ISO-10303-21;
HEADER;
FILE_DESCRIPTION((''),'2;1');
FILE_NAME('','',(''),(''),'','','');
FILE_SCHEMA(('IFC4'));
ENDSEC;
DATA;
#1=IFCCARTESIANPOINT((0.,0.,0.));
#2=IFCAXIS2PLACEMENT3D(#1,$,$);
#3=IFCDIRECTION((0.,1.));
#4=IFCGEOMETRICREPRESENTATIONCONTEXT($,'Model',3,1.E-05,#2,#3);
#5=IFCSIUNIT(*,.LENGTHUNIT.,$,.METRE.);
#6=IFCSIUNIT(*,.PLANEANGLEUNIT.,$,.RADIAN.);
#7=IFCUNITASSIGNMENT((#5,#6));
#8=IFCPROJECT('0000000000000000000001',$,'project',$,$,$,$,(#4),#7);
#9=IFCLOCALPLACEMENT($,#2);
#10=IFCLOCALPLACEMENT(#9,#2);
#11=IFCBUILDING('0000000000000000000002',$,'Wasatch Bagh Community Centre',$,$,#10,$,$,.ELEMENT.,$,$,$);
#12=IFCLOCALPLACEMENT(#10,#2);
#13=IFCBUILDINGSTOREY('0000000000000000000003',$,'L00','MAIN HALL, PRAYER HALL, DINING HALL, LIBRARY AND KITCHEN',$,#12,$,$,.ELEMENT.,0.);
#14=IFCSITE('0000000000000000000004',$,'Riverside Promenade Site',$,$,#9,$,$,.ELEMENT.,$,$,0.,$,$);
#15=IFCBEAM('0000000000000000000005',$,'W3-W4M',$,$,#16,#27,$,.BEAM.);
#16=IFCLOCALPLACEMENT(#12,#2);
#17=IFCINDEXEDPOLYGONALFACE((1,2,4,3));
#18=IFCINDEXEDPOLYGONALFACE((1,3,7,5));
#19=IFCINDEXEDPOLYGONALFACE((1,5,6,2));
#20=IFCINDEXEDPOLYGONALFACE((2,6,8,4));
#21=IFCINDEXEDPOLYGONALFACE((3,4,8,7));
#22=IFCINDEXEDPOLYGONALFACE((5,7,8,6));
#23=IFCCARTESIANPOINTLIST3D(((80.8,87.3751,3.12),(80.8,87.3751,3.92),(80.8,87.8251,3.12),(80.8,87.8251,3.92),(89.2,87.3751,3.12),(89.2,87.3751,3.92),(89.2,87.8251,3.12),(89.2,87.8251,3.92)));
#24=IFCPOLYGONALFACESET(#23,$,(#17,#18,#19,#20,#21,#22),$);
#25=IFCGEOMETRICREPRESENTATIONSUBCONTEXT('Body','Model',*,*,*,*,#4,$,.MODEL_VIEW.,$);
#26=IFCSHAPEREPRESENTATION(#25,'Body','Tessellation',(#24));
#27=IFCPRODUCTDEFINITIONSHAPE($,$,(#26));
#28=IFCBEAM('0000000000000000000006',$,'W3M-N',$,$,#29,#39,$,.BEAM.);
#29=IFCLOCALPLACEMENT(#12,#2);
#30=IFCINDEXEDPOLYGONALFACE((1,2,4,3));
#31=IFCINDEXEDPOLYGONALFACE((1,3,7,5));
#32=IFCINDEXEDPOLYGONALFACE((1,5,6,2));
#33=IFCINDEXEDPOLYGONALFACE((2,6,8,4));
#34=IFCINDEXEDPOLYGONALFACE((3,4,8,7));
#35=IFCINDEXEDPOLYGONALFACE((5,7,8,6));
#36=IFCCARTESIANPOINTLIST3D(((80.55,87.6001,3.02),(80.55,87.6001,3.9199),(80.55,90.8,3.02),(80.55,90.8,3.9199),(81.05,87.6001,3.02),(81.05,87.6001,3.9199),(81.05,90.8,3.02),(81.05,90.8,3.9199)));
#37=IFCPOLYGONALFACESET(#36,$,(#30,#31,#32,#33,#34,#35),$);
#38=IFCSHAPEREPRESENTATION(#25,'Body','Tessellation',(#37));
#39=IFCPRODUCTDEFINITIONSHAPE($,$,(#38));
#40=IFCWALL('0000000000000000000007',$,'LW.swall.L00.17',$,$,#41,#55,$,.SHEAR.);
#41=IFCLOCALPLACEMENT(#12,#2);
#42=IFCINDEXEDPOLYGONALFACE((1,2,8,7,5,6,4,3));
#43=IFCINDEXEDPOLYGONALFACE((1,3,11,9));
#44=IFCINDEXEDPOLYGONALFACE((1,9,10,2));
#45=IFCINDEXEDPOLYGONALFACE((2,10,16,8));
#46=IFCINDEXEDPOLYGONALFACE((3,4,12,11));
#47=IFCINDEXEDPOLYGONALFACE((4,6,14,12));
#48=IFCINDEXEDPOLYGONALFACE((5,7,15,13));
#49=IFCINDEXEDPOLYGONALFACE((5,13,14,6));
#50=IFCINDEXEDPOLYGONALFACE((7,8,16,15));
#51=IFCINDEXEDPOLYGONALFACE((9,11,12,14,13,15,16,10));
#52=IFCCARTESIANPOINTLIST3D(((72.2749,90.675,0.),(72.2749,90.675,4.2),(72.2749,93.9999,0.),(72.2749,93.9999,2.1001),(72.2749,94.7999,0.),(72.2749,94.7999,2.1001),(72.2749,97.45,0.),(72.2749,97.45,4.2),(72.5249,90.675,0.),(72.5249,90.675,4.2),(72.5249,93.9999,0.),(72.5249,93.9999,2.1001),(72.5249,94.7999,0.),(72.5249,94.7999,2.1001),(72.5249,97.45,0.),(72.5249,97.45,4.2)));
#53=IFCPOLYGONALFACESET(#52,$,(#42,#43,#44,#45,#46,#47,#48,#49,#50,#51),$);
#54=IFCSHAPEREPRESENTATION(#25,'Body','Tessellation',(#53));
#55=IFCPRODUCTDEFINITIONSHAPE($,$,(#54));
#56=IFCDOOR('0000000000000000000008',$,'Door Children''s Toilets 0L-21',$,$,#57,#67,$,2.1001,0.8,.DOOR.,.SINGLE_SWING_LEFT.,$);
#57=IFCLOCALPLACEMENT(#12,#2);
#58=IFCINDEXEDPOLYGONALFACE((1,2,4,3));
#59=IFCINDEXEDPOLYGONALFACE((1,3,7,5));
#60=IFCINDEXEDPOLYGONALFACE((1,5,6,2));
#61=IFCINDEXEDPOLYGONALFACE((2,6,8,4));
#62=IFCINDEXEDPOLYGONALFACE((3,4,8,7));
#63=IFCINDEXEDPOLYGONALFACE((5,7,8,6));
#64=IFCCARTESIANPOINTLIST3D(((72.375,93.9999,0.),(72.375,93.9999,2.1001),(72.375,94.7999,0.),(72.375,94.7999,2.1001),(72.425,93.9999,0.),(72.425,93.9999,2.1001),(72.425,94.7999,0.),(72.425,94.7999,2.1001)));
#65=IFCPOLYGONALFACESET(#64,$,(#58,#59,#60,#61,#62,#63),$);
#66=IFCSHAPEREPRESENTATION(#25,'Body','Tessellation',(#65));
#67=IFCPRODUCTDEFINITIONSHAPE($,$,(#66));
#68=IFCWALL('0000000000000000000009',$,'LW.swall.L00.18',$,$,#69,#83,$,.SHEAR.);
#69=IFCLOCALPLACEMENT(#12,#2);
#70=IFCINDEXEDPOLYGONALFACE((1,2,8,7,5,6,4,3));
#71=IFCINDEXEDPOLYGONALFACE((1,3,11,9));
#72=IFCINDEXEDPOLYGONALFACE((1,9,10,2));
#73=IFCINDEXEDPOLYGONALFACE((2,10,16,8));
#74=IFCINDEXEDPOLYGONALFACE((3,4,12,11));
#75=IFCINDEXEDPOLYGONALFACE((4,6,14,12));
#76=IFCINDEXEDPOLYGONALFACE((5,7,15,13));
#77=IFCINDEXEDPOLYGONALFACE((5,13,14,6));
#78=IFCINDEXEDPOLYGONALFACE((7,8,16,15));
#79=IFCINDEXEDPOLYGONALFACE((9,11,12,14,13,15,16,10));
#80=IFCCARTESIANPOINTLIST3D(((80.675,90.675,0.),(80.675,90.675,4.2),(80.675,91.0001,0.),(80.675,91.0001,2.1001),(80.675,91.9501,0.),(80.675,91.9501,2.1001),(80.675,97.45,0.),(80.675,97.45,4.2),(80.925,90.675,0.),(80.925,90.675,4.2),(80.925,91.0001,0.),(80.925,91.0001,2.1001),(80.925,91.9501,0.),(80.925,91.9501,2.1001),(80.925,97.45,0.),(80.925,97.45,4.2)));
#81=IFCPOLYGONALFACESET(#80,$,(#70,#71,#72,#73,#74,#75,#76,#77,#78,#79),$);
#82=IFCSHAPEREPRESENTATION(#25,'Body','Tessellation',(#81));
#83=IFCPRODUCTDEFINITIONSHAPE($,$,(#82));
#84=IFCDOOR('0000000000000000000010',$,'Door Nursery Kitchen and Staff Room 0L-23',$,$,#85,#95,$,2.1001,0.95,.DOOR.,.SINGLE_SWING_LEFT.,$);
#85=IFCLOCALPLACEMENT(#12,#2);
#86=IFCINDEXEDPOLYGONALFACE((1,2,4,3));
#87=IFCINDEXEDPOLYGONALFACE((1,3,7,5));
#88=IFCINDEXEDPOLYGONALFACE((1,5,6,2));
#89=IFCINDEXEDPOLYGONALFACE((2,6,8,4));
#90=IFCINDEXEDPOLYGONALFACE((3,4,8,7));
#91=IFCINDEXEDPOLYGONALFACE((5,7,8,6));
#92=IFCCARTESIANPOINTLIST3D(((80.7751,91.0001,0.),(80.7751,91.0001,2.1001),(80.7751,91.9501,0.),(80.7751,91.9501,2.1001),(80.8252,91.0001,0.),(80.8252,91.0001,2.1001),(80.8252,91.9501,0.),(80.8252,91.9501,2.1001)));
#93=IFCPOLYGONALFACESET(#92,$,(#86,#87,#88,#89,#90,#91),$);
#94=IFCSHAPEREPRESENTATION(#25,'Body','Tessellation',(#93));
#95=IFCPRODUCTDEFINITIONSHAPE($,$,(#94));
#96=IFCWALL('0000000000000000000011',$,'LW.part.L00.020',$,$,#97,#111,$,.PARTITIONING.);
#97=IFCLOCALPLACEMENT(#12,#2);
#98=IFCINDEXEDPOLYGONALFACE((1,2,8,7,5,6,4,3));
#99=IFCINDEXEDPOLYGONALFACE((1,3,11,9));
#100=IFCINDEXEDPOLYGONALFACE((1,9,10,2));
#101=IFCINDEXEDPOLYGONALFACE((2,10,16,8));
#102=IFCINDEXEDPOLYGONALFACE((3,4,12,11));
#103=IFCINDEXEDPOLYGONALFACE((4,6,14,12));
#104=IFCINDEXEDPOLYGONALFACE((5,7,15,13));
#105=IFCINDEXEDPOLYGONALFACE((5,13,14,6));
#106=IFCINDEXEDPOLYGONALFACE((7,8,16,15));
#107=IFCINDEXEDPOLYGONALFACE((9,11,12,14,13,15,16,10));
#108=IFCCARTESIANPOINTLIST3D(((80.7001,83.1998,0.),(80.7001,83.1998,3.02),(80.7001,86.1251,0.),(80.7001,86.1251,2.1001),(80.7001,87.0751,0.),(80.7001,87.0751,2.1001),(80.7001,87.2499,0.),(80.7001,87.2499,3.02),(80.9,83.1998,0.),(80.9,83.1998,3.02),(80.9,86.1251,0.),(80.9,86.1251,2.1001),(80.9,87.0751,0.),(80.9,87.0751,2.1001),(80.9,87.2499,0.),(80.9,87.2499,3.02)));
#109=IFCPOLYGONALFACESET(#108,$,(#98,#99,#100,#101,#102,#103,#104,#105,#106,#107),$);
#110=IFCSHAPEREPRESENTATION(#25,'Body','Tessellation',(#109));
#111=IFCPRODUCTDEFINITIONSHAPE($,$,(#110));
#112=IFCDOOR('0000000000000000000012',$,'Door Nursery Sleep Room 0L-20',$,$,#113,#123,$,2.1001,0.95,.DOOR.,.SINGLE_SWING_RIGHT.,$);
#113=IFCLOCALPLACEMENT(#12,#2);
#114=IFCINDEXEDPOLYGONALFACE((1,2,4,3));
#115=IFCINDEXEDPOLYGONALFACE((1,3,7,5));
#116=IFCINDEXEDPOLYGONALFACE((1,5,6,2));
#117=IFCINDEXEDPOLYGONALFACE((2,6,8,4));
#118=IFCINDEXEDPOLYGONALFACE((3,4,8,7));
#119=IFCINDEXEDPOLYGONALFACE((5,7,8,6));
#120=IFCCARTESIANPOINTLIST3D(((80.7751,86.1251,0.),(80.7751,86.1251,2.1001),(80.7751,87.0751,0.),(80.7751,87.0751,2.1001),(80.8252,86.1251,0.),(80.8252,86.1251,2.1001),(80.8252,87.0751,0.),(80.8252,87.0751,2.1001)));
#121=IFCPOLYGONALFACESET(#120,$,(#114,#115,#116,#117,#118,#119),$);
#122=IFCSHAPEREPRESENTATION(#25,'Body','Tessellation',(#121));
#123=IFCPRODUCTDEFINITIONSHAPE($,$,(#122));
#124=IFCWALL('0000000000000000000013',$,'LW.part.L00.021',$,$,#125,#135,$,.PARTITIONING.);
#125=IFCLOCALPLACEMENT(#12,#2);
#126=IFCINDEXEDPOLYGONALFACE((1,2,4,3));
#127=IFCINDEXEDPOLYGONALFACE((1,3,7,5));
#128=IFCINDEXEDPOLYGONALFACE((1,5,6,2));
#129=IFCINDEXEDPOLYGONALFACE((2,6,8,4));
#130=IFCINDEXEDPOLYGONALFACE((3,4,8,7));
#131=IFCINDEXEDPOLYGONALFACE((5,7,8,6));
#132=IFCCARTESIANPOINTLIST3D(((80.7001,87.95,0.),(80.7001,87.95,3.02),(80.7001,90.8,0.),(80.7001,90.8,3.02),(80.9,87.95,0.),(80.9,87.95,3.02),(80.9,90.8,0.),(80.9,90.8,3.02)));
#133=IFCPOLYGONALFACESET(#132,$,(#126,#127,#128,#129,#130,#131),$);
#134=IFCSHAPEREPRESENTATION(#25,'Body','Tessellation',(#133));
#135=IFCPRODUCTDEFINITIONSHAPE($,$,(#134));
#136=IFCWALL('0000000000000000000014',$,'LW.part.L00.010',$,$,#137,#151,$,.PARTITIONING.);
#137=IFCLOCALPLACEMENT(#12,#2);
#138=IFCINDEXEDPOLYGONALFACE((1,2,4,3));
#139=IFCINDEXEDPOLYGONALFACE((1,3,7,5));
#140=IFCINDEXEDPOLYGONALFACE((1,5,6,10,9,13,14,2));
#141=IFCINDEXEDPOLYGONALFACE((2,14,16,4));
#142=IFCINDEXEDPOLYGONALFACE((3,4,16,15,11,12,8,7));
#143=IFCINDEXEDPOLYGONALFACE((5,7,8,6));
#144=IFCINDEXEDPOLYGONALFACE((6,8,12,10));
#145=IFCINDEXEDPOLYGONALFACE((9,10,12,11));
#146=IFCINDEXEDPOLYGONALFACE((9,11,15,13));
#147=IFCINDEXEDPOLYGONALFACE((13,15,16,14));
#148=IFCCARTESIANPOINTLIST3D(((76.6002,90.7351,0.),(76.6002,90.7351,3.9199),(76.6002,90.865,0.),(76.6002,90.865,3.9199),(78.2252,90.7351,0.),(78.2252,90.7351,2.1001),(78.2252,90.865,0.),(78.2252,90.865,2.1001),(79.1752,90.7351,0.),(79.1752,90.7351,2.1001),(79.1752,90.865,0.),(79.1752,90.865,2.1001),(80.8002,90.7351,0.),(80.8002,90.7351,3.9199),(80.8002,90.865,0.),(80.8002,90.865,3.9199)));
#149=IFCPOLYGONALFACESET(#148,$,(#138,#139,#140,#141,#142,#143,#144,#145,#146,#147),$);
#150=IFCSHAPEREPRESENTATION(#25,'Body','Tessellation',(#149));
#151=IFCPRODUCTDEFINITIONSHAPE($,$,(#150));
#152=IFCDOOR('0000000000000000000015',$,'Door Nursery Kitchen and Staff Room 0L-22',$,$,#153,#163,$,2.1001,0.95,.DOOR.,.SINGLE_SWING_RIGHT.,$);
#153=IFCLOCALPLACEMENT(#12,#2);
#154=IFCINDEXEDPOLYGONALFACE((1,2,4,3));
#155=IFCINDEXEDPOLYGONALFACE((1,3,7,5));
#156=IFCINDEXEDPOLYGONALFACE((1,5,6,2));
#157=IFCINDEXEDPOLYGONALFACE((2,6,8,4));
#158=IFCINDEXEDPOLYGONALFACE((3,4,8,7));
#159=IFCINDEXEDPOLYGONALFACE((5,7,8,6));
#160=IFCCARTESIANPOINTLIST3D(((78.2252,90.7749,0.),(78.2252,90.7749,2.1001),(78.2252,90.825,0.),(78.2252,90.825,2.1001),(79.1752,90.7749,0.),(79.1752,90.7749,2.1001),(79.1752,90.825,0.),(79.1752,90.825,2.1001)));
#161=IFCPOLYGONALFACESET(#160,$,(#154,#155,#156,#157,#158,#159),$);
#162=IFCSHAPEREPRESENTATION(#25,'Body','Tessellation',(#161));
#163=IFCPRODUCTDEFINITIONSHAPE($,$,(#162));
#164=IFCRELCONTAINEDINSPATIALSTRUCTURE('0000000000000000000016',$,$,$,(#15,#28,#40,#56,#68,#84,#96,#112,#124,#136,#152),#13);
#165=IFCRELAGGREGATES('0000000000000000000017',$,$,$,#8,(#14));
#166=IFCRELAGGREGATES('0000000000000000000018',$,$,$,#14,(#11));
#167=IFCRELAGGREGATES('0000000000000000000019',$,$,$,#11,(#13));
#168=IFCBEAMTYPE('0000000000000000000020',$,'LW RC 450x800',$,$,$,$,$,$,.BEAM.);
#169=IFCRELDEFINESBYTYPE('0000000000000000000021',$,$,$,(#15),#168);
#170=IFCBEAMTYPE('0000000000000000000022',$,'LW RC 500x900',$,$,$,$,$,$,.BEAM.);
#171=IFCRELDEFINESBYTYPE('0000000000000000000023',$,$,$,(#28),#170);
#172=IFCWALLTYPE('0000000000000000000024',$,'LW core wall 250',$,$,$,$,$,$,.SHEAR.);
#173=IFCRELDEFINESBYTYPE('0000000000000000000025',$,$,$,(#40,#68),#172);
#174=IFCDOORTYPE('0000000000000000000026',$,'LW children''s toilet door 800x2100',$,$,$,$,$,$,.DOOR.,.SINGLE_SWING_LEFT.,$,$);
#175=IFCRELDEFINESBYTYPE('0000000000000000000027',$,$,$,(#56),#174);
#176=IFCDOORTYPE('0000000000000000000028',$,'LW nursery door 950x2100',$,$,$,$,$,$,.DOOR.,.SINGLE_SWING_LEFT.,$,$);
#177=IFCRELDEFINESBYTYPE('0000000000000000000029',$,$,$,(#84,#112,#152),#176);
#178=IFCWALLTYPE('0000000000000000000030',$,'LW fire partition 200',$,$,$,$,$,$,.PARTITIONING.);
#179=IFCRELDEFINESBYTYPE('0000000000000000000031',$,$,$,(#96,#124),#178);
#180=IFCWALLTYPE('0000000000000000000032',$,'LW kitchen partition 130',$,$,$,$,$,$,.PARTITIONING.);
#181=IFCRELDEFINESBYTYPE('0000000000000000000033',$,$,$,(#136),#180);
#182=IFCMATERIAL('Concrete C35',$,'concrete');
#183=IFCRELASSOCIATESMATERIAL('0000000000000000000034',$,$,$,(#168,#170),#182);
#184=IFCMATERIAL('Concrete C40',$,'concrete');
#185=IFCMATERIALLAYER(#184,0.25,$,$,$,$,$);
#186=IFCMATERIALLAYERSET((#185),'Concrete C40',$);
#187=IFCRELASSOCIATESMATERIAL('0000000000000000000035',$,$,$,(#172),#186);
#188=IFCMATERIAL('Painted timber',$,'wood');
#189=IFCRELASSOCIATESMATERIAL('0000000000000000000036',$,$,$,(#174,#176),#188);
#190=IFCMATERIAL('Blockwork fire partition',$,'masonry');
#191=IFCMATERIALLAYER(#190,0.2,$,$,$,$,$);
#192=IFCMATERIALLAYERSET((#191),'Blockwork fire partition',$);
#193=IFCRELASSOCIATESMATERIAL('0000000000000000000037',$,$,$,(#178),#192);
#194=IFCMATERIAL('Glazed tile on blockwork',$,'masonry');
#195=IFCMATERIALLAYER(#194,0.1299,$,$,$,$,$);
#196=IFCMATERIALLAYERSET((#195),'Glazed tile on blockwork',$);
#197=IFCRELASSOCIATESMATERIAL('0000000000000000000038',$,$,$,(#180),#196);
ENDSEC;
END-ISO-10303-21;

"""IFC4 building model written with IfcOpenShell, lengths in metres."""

from ifc_helpers import new_model, si_unit, direction, frame, frame_2d, origin, origin_2d, place, context, subcontext, project, spatial, rectangle, extrude, material, layer, layer_set, material_profile, profile_set, type_object, element, fill, save


model = new_model("IFC4")

# Units and contexts
model_context = context("Model", 3, precision=1e-05, world=origin(), true_north=direction((0.0, 1.0)))
body_context = subcontext(model_context, "Body", "Model", "MODEL_VIEW")
ifc_project = project(units=[si_unit("LENGTHUNIT", "METRE"), si_unit("PLANEANGLEUNIT", "RADIAN")], contexts=[model_context])

# Site, building, storey
site_placement = place(None, origin())
site = spatial("IfcSite", under=ifc_project, at=site_placement, Name="Riverside Promenade Site", CompositionType="ELEMENT", RefElevation=0.0)
building_placement = place(site_placement, origin())
building = spatial("IfcBuilding", under=site, at=building_placement, Name="Wasatch Bagh Community Centre", CompositionType="ELEMENT")
storey_placement = place(building_placement, origin())
storey = spatial("IfcBuildingStorey", under=building, at=storey_placement, Name="L00", Description="MAIN HALL, PRAYER HALL, DINING HALL, LIBRARY AND KITCHEN", CompositionType="ELEMENT", Elevation=0.0)

# Shared definitions
ifc_material_1 = material(Name="Concrete C35", Category="concrete")

# Shared definitions
ifc_material_2 = material(Name="Concrete C40", Category="concrete")

# Beams
ifc_material_profile_1 = material_profile(ifc_material_1, rectangle(XDim=0.45, YDim=0.8, at=origin_2d()), Name="RC 450x800")
ifc_profile_set_1 = profile_set([ifc_material_profile_1], Name="Concrete C35")
beam_type_1 = type_object("IfcBeamType", Name="LW RC 450x800", PredefinedType="BEAM", material=ifc_profile_set_1)
beam_1_placement = place(storey_placement, frame((80.8, 87.6001, 3.52), z_axis=(1.0, 0.0, 0.0), x_axis=(0.0, 1.0, 0.0)))
element("IfcBeam", 1, at=beam_1_placement, inside=storey, type_object=beam_type_1, Name="W3-W4M", PredefinedType="BEAM", context=body_context, shape_type="SweptSolid", body=[
    extrude(rectangle(XDim=0.45, YDim=0.8, at=origin_2d()), origin(), (0.0, 0.0, 1.0), 8.3999),
])
ifc_material_profile_2 = material_profile(ifc_material_1, rectangle(XDim=0.5, YDim=0.8999, at=origin_2d()), Name="RC 500x900")
ifc_profile_set_2 = profile_set([ifc_material_profile_2], Name="Concrete C35")
beam_type_2 = type_object("IfcBeamType", Name="LW RC 500x900", PredefinedType="BEAM", material=ifc_profile_set_2)
beam_2_placement = place(storey_placement, frame((80.8, 87.6001, 3.47), z_axis=(0.0, 1.0, 0.0), x_axis=(-1.0, 0.0, 0.0)))
element("IfcBeam", 2, at=beam_2_placement, inside=storey, type_object=beam_type_2, Name="W3M-N", PredefinedType="BEAM", context=body_context, shape_type="SweptSolid", body=[
    extrude(rectangle(XDim=0.5, YDim=0.8999, at=origin_2d()), origin(), (0.0, 0.0, 1.0), 3.2),
])

# Walls, openings, doors
ifc_layer_1 = layer(ifc_material_2, 0.25)
ifc_layer_set_1 = layer_set([ifc_layer_1], Name="Concrete C40")
wall_type_1 = type_object("IfcWallType", Name="LW core wall 250", PredefinedType="SHEAR", material=ifc_layer_set_1)
wall_1_placement = place(storey_placement, frame((72.3999, 90.675, 0.0), z_axis=(0.0, 0.0, 1.0), x_axis=(0.0, 1.0, 0.0)))
wall_1 = element("IfcWall", 3, at=wall_1_placement, inside=storey, type_object=wall_type_1, Name="LW.swall.L00.17", PredefinedType="SHEAR", context=body_context, shape_type="SweptSolid", body=[
    extrude(rectangle(XDim=6.7749, YDim=0.25, at=frame_2d((3.3875, 0.0))), origin(), (0.0, 0.0, 1.0), 4.2),
])
opening_1_placement = place(wall_1_placement, frame((3.325, 0.0, 0.0)))
opening_1 = element("IfcOpeningElement", 4, at=opening_1_placement, cuts=wall_1, PredefinedType="OPENING", context=body_context, shape_type="SweptSolid", body=[
    extrude(rectangle(XDim=0.8, YDim=2.1001, at=frame_2d((0.3999, 1.05))), frame((0.0, 0.135, 0.0), z_axis=(0.0, -1.0, 0.0), x_axis=(1.0, 0.0, 0.0)), (0.0, 0.0, 1.0), 0.27),
])
ifc_material_3 = material(Name="Painted timber", Category="wood")
door_type_1 = type_object("IfcDoorType", Name="LW children's toilet door 800x2100", OperationType="SINGLE_SWING_LEFT", PredefinedType="DOOR", material=ifc_material_3)
door_1_placement = place(opening_1_placement, origin())
door_1 = element("IfcDoor", 5, at=door_1_placement, inside=storey, type_object=door_type_1, Name="Door Children's Toilets 0L-21", OperationType="SINGLE_SWING_LEFT", OverallHeight=2.1001, OverallWidth=0.8, PredefinedType="DOOR", context=body_context, shape_type="SweptSolid", body=[
    extrude(rectangle(XDim=0.8, YDim=2.1001, at=frame_2d((0.3999, 1.05))), frame((0.0, 0.0249, 0.0), z_axis=(0.0, -1.0, 0.0), x_axis=(1.0, 0.0, 0.0)), (0.0, 0.0, 1.0), 0.05),
])
fill(opening_1, door_1)
wall_2_placement = place(storey_placement, frame((80.8, 90.675, 0.0), z_axis=(0.0, 0.0, 1.0), x_axis=(0.0, 1.0, 0.0)))
wall_2 = element("IfcWall", 6, at=wall_2_placement, inside=storey, type_object=wall_type_1, Name="LW.swall.L00.18", PredefinedType="SHEAR", context=body_context, shape_type="SweptSolid", body=[
    extrude(rectangle(XDim=6.7749, YDim=0.25, at=frame_2d((3.3875, 0.0))), origin(), (0.0, 0.0, 1.0), 4.2),
])
opening_2_placement = place(wall_2_placement, frame((0.325, 0.0, 0.0)))
opening_2 = element("IfcOpeningElement", 7, at=opening_2_placement, cuts=wall_2, PredefinedType="OPENING", context=body_context, shape_type="SweptSolid", body=[
    extrude(rectangle(XDim=0.95, YDim=2.1001, at=frame_2d((0.4751, 1.05))), frame((0.0, 0.135, 0.0), z_axis=(0.0, -1.0, 0.0), x_axis=(1.0, 0.0, 0.0)), (0.0, 0.0, 1.0), 0.27),
])
door_type_2 = type_object("IfcDoorType", Name="LW nursery door 950x2100", OperationType="SINGLE_SWING_LEFT", PredefinedType="DOOR", material=ifc_material_3)
door_2_placement = place(opening_2_placement, origin())
door_2 = element("IfcDoor", 8, at=door_2_placement, inside=storey, type_object=door_type_2, Name="Door Nursery Kitchen and Staff Room 0L-23", OperationType="SINGLE_SWING_LEFT", OverallHeight=2.1001, OverallWidth=0.95, PredefinedType="DOOR", context=body_context, shape_type="SweptSolid", body=[
    extrude(rectangle(XDim=0.95, YDim=2.1001, at=frame_2d((0.4751, 1.05))), frame((0.0, 0.0249, 0.0), z_axis=(0.0, -1.0, 0.0), x_axis=(1.0, 0.0, 0.0)), (0.0, 0.0, 1.0), 0.05),
])
fill(opening_2, door_2)
ifc_material_4 = material(Name="Blockwork fire partition", Category="masonry")
ifc_layer_2 = layer(ifc_material_4, 0.2)
ifc_layer_set_2 = layer_set([ifc_layer_2], Name="Blockwork fire partition")
wall_type_2 = type_object("IfcWallType", Name="LW fire partition 200", PredefinedType="PARTITIONING", material=ifc_layer_set_2)
wall_3_placement = place(storey_placement, frame((80.8, 83.2, 0.0), z_axis=(0.0, 0.0, 1.0), x_axis=(0.0, 1.0, 0.0)))
wall_3 = element("IfcWall", 9, at=wall_3_placement, inside=storey, type_object=wall_type_2, Name="LW.part.L00.020", PredefinedType="PARTITIONING", context=body_context, shape_type="SweptSolid", body=[
    extrude(rectangle(XDim=4.05, YDim=0.2, at=frame_2d((2.0249, 0.0))), origin(), (0.0, 0.0, 1.0), 3.02),
])
opening_3_placement = place(wall_3_placement, frame((2.925, 0.0, 0.0)))
opening_3 = element("IfcOpeningElement", 10, at=opening_3_placement, cuts=wall_3, PredefinedType="OPENING", context=body_context, shape_type="SweptSolid", body=[
    extrude(rectangle(XDim=0.95, YDim=2.1001, at=frame_2d((0.4751, 1.05))), frame((0.0, 0.1099, 0.0), z_axis=(0.0, -1.0, 0.0), x_axis=(1.0, 0.0, 0.0)), (0.0, 0.0, 1.0), 0.22),
])
door_3_placement = place(opening_3_placement, origin())
door_3 = element("IfcDoor", 11, at=door_3_placement, inside=storey, type_object=door_type_2, Name="Door Nursery Sleep Room 0L-20", OperationType="SINGLE_SWING_RIGHT", OverallHeight=2.1001, OverallWidth=0.95, PredefinedType="DOOR", context=body_context, shape_type="SweptSolid", body=[
    extrude(rectangle(XDim=0.95, YDim=2.1001, at=frame_2d((0.4751, 1.05))), frame((0.0, 0.0249, 0.0), z_axis=(0.0, -1.0, 0.0), x_axis=(1.0, 0.0, 0.0)), (0.0, 0.0, 1.0), 0.05),
])
fill(opening_3, door_3)

# Wall
wall_4_placement = place(storey_placement, frame((80.8, 87.95, 0.0), z_axis=(0.0, 0.0, 1.0), x_axis=(0.0, 1.0, 0.0)))
element("IfcWall", 12, at=wall_4_placement, inside=storey, type_object=wall_type_2, Name="LW.part.L00.021", PredefinedType="PARTITIONING", context=body_context, shape_type="SweptSolid", body=[
    extrude(rectangle(XDim=2.8501, YDim=0.2, at=frame_2d((1.425, 0.0))), origin(), (0.0, 0.0, 1.0), 3.02),
])

# Wall, opening, door
ifc_material_5 = material(Name="Glazed tile on blockwork", Category="masonry")
ifc_layer_3 = layer(ifc_material_5, 0.1299)
ifc_layer_set_3 = layer_set([ifc_layer_3], Name="Glazed tile on blockwork")
wall_type_3 = type_object("IfcWallType", Name="LW kitchen partition 130", PredefinedType="PARTITIONING", material=ifc_layer_set_3)
wall_5_placement = place(storey_placement, frame((76.6001, 90.8, 0.0), z_axis=(0.0, 0.0, 1.0), x_axis=(1.0, 0.0, 0.0)))
wall_5 = element("IfcWall", 13, at=wall_5_placement, inside=storey, type_object=wall_type_3, Name="LW.part.L00.010", PredefinedType="PARTITIONING", context=body_context, shape_type="SweptSolid", body=[
    extrude(rectangle(XDim=4.2, YDim=0.1299, at=frame_2d((2.1001, 0.0))), origin(), (0.0, 0.0, 1.0), 3.9199),
])
opening_4_placement = place(wall_5_placement, frame((1.625, 0.0, 0.0)))
opening_4 = element("IfcOpeningElement", 14, at=opening_4_placement, cuts=wall_5, PredefinedType="OPENING", context=body_context, shape_type="SweptSolid", body=[
    extrude(rectangle(XDim=0.95, YDim=2.1001, at=frame_2d((0.4751, 1.05))), frame((0.0, 0.075, 0.0), z_axis=(0.0, -1.0, 0.0), x_axis=(1.0, 0.0, 0.0)), (0.0, 0.0, 1.0), 0.1499),
])
door_4_placement = place(opening_4_placement, origin())
door_4 = element("IfcDoor", 15, at=door_4_placement, inside=storey, type_object=door_type_2, Name="Door Nursery Kitchen and Staff Room 0L-22", OperationType="SINGLE_SWING_RIGHT", OverallHeight=2.1001, OverallWidth=0.95, PredefinedType="DOOR", context=body_context, shape_type="SweptSolid", body=[
    extrude(rectangle(XDim=0.95, YDim=2.1001, at=frame_2d((0.4751, 1.05))), frame((0.0, 0.0249, 0.0), z_axis=(0.0, -1.0, 0.0), x_axis=(1.0, 0.0, 0.0)), (0.0, 0.0, 1.0), 0.05),
])
fill(opening_4, door_4)

save(model, "model.ifc")
